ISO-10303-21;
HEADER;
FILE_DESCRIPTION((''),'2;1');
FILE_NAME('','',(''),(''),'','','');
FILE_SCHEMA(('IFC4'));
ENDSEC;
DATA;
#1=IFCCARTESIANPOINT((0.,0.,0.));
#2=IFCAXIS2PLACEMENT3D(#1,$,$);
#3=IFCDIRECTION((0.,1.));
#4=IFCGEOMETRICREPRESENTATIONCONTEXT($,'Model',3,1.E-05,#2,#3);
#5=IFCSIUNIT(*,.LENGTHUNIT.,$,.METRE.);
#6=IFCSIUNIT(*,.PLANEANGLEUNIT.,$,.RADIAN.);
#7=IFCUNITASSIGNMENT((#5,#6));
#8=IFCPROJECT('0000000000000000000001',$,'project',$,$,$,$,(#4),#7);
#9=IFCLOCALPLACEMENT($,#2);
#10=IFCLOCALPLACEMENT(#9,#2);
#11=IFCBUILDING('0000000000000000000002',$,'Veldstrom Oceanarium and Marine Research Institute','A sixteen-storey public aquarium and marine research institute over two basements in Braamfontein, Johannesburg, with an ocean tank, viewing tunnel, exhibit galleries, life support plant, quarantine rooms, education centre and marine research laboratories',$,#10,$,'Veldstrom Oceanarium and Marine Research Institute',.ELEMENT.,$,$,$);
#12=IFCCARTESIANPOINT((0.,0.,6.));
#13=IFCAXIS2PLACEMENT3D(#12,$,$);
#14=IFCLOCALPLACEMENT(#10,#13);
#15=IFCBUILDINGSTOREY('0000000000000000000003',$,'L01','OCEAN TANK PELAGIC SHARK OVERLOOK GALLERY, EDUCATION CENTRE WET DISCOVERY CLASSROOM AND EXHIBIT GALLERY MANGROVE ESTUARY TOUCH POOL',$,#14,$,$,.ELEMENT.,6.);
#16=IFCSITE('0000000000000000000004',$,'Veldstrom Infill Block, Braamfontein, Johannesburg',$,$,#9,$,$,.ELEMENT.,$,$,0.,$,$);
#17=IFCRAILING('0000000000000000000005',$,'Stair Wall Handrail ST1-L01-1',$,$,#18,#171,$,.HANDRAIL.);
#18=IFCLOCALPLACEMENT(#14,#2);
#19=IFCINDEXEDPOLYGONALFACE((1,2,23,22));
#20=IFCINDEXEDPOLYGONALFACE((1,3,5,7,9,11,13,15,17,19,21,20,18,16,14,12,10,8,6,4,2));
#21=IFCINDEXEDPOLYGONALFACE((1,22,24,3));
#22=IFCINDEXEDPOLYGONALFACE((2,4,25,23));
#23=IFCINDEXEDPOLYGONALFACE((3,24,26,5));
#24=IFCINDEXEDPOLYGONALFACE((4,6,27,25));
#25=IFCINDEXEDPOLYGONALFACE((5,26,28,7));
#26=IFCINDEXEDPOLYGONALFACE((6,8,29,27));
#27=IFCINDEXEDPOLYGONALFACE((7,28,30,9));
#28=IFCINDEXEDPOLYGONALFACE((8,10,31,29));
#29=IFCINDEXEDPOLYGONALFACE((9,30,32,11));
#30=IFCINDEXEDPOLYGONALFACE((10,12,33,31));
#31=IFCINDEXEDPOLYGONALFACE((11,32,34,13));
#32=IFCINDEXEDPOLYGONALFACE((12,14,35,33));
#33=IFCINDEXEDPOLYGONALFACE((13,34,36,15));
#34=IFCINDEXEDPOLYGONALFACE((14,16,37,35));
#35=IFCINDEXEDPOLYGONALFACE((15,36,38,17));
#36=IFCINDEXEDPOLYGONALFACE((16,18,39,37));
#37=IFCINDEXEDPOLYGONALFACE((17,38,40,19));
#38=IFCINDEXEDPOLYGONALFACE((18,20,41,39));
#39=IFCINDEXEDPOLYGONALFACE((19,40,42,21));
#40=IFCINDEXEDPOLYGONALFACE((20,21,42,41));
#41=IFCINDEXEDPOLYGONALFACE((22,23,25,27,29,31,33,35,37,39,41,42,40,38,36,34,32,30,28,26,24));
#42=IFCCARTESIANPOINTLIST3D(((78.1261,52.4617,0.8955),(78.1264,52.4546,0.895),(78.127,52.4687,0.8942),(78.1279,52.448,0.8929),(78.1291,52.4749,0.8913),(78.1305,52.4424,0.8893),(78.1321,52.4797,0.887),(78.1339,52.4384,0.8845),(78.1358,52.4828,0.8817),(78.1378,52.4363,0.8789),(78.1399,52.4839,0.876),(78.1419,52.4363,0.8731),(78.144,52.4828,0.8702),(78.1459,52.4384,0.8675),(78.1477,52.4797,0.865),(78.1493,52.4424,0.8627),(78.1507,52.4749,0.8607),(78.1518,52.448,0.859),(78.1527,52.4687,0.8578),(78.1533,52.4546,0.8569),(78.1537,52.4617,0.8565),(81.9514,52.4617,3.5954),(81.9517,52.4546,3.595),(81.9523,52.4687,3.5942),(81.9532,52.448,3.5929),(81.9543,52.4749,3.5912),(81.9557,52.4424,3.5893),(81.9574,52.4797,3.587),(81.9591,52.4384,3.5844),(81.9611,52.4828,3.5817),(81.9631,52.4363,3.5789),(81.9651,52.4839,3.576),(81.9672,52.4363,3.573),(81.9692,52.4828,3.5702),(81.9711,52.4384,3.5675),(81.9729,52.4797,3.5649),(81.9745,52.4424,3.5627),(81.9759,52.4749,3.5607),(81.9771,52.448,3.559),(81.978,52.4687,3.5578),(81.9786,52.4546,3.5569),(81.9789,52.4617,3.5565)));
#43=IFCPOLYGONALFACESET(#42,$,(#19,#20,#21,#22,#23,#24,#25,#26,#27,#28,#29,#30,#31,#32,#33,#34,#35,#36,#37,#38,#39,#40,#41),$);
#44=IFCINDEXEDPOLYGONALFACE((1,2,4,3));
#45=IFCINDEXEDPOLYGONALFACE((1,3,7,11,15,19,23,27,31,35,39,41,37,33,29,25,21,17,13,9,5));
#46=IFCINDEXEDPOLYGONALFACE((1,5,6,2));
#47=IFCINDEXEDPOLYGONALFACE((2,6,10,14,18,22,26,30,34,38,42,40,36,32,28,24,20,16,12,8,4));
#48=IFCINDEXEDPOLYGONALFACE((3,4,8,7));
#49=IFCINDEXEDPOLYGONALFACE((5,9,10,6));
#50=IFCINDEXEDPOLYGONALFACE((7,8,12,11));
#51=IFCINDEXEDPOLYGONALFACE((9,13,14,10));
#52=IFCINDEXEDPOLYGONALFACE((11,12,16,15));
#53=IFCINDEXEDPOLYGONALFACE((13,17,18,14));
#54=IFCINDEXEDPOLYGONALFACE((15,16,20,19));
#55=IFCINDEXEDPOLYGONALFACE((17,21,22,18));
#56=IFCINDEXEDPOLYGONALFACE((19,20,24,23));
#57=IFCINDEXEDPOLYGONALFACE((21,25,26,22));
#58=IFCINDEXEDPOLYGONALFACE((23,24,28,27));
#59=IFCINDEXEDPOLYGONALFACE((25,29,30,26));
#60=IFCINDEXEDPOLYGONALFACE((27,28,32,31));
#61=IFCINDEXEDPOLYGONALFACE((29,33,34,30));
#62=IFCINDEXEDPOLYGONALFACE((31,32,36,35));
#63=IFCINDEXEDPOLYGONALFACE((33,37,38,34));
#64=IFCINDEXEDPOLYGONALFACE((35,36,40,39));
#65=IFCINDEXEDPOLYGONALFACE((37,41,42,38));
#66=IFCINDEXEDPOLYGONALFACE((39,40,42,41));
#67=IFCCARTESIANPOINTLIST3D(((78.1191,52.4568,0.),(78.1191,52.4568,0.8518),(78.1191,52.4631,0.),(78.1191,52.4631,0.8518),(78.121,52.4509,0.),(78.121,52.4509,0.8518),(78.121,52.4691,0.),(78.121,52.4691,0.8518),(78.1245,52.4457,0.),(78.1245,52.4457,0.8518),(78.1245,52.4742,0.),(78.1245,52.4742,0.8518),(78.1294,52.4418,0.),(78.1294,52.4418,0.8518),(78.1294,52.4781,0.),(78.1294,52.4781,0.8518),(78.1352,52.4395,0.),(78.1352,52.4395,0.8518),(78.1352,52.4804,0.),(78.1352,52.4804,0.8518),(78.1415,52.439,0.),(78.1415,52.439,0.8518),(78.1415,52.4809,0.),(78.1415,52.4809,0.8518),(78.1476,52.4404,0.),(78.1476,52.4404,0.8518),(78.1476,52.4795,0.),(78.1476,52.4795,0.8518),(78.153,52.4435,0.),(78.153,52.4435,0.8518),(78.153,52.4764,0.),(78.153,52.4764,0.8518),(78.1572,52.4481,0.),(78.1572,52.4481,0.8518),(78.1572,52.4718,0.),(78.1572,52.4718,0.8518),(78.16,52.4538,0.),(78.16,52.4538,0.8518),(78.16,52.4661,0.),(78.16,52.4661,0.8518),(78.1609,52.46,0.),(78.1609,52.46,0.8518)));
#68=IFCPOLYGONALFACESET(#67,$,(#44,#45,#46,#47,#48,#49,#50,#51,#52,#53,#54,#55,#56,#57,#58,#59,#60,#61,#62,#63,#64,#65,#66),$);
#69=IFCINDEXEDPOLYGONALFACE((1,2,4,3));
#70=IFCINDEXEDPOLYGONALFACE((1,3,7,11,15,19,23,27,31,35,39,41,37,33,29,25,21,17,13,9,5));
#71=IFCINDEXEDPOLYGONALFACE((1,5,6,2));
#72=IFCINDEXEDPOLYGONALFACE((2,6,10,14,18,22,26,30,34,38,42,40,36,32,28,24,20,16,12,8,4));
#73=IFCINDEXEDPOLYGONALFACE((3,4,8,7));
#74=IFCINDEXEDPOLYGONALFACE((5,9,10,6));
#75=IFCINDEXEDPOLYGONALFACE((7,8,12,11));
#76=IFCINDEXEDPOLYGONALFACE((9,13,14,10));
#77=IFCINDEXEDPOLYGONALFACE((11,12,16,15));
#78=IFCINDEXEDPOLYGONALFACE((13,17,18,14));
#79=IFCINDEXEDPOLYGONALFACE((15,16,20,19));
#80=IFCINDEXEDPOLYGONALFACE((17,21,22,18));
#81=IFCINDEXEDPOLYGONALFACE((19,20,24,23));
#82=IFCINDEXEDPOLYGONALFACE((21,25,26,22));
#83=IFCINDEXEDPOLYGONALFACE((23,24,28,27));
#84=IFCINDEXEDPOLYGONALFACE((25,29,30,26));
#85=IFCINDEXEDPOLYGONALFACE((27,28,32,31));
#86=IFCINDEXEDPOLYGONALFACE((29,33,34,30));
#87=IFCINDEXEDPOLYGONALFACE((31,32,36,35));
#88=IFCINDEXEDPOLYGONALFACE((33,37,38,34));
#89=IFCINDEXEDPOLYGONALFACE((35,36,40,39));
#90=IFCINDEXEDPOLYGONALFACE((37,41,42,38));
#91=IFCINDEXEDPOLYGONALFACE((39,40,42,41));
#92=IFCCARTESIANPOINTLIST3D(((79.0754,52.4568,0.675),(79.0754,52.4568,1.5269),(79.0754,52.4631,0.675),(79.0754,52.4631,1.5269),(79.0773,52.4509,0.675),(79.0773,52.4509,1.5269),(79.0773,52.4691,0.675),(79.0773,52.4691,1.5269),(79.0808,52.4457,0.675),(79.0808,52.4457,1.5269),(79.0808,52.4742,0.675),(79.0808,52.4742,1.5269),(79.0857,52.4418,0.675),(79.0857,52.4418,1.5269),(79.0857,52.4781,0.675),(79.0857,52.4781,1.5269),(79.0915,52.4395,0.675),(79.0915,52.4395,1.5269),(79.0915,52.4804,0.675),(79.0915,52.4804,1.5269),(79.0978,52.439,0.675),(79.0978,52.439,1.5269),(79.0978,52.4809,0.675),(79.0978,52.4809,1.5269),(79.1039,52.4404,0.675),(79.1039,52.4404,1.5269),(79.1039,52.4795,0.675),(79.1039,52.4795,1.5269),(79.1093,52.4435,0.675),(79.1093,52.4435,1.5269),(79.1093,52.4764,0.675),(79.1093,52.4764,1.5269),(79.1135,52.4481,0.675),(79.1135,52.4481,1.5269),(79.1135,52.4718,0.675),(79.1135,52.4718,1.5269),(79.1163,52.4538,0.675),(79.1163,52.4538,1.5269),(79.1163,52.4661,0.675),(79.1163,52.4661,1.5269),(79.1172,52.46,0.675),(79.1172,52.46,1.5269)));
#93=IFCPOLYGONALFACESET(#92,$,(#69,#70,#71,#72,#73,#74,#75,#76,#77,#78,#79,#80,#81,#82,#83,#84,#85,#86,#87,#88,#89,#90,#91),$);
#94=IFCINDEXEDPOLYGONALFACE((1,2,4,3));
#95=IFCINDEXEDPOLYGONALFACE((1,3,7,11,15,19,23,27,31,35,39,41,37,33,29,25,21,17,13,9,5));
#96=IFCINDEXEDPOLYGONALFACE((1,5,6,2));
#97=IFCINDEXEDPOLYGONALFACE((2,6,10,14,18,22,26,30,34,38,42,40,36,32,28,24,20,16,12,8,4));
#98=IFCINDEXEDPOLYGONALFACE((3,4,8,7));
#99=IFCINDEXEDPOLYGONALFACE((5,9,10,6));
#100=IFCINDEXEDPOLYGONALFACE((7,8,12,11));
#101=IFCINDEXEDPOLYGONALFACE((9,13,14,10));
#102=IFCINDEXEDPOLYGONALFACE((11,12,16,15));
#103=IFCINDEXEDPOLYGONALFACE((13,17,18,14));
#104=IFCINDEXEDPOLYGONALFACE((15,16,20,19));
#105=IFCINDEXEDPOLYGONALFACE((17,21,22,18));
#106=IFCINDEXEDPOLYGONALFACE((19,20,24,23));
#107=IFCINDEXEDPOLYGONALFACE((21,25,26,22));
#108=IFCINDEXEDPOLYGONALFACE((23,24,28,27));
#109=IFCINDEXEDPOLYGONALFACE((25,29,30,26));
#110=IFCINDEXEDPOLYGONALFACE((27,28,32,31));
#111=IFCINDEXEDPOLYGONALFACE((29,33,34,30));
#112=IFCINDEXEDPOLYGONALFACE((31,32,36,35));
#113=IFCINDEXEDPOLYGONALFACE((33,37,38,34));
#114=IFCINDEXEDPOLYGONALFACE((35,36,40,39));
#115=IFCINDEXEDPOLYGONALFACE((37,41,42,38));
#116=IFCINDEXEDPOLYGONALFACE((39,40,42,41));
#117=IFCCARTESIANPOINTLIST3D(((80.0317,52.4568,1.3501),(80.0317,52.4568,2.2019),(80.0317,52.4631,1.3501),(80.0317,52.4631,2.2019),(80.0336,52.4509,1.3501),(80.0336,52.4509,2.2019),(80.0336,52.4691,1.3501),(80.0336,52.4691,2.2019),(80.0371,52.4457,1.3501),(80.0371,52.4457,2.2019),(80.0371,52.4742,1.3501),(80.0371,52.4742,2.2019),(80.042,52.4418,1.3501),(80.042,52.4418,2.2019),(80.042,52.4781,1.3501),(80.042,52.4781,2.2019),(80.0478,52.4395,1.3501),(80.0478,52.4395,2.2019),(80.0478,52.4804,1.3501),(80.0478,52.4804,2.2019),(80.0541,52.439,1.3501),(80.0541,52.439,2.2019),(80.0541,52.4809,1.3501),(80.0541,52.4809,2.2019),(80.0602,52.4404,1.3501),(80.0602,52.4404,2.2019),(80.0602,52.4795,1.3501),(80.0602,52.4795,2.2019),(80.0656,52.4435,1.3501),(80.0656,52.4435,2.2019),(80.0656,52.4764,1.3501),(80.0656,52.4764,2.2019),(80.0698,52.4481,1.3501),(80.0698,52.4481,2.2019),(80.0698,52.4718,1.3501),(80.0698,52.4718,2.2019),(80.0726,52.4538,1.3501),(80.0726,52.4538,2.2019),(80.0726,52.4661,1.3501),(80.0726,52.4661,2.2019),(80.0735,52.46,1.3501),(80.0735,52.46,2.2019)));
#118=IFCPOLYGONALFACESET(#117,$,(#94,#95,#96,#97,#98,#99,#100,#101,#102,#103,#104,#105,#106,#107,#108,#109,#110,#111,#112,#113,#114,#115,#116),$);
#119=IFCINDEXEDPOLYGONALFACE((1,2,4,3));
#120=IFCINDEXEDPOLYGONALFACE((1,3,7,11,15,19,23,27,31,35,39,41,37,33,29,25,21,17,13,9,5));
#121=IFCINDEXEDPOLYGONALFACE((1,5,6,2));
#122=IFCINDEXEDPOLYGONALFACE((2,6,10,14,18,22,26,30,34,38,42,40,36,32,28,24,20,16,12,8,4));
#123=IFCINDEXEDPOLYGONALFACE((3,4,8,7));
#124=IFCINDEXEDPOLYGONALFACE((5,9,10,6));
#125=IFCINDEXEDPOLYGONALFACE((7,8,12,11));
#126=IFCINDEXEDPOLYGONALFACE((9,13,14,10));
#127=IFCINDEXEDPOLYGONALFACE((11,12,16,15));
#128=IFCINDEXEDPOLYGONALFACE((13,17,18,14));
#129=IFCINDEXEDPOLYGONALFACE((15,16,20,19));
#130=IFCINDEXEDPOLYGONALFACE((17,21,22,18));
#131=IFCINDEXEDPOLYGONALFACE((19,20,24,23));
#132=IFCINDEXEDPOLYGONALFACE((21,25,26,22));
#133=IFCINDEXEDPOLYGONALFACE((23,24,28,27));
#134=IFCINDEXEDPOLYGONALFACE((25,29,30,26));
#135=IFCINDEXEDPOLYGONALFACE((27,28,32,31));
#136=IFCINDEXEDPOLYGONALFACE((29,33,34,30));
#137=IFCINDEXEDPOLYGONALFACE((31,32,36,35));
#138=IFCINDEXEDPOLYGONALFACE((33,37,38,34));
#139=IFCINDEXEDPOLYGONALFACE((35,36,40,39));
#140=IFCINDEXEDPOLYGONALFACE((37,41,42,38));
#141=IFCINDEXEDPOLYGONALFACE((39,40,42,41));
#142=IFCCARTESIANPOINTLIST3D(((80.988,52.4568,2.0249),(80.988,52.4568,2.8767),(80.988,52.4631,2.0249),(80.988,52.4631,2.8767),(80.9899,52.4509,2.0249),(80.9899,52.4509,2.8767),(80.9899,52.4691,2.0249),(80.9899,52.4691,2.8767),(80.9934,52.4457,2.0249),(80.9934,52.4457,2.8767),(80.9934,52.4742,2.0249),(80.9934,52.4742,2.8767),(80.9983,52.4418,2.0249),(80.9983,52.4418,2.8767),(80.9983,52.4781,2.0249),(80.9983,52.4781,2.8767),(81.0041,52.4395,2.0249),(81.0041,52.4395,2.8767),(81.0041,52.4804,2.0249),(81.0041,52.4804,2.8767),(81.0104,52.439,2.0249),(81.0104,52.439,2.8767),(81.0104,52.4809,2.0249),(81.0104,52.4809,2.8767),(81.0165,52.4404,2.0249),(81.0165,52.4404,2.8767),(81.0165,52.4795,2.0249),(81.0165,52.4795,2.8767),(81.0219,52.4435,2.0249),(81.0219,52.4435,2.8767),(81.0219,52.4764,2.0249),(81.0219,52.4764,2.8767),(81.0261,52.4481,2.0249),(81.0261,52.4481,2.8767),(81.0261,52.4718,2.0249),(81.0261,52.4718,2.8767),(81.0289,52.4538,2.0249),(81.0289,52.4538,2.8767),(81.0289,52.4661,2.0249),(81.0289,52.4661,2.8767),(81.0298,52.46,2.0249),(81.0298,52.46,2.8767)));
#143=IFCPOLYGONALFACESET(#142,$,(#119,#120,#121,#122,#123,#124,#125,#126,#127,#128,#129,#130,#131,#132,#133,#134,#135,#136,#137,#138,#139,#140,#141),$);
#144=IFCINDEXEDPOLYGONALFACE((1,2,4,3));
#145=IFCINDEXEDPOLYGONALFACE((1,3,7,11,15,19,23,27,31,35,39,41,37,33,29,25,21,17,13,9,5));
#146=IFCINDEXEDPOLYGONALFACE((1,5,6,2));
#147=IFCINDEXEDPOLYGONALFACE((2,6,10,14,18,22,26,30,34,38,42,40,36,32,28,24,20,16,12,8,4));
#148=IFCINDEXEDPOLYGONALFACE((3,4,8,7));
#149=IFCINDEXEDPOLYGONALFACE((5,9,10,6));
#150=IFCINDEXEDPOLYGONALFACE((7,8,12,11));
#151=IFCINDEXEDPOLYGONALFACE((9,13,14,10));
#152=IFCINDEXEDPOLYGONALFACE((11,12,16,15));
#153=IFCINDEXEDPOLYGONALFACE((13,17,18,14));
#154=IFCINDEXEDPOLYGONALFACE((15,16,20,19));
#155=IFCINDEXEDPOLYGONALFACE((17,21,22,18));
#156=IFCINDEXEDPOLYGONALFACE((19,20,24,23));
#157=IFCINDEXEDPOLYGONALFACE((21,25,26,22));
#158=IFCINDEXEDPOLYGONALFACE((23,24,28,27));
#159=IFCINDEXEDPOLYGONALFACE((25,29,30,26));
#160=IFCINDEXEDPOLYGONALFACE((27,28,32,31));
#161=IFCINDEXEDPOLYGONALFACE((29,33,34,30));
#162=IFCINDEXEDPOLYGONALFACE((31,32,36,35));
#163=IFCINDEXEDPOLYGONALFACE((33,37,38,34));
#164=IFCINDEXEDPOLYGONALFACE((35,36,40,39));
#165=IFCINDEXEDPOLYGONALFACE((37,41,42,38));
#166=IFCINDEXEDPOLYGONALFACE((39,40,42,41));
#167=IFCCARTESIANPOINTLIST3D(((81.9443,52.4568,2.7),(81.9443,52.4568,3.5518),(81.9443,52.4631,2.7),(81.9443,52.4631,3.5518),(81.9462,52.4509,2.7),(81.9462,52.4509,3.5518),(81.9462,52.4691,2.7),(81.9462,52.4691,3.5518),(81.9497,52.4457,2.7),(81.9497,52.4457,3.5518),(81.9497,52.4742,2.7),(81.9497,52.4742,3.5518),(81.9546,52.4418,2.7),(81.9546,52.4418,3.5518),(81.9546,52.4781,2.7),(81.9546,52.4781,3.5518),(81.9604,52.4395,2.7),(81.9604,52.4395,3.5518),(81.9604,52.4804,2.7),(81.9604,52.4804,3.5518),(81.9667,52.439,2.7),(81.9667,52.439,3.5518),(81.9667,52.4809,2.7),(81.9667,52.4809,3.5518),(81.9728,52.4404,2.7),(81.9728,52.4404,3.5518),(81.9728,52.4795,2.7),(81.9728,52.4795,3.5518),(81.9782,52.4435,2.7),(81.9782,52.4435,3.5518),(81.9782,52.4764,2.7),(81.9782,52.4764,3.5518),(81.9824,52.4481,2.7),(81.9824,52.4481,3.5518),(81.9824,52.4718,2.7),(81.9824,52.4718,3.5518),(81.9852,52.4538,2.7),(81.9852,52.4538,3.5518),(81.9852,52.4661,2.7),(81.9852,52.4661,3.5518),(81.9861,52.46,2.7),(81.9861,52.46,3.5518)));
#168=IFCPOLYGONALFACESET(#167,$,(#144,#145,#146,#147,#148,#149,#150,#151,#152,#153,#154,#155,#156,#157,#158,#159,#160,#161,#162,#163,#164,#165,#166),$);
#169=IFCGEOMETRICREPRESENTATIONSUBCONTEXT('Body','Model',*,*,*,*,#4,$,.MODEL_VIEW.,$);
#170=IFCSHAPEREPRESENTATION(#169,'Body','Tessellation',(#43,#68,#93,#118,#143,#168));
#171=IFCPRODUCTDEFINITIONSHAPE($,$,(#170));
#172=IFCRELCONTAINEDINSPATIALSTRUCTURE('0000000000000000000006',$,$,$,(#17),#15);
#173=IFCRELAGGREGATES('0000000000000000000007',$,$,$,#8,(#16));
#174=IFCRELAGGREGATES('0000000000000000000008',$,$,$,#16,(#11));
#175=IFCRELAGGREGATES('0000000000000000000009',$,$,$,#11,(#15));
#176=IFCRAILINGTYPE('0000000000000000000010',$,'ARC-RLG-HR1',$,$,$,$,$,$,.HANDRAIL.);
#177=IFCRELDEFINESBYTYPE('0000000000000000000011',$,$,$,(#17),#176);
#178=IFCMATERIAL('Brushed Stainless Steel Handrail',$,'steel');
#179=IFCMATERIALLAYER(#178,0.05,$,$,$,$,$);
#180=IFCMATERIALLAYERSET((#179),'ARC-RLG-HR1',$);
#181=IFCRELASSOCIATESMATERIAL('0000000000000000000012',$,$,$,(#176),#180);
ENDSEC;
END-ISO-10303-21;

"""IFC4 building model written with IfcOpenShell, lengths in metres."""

from ifc_helpers import new_model, si_unit, direction, frame, origin, origin_2d, place, context, subcontext, project, spatial, circle, extrude, material, layer, layer_set, type_object, element, save


model = new_model("IFC4")

# Units and contexts
model_context = context("Model", 3, precision=1e-05, world=origin(), true_north=direction((0.0, 1.0)))
body_context = subcontext(model_context, "Body", "Model", "MODEL_VIEW")
ifc_project = project(units=[si_unit("LENGTHUNIT", "METRE"), si_unit("PLANEANGLEUNIT", "RADIAN")], contexts=[model_context])

# Site, building, storey
site_placement = place(None, origin())
site = spatial("IfcSite", under=ifc_project, at=site_placement, Name="Veldstrom Infill Block, Braamfontein, Johannesburg", CompositionType="ELEMENT", RefElevation=0.0)
building_placement = place(site_placement, origin())
building = spatial("IfcBuilding", under=site, at=building_placement, Name="Veldstrom Oceanarium and Marine Research Institute", Description="A sixteen-storey public aquarium and marine research institute over two basements in Braamfontein, Johannesburg, with an ocean tank, viewing tunnel, exhibit galleries, life support plant, quarantine rooms, education centre and marine research laboratories", LongName="Veldstrom Oceanarium and Marine Research Institute", CompositionType="ELEMENT")
storey_placement = place(building_placement, frame((0.0, 0.0, 6.0)))
storey = spatial("IfcBuildingStorey", under=building, at=storey_placement, Name="L01", Description="OCEAN TANK PELAGIC SHARK OVERLOOK GALLERY, EDUCATION CENTRE WET DISCOVERY CLASSROOM AND EXHIBIT GALLERY MANGROVE ESTUARY TOUCH POOL", CompositionType="ELEMENT", Elevation=6.0)

# Railing
ifc_material_1 = material(Name="Brushed Stainless Steel Handrail", Category="steel")
ifc_layer_1 = layer(ifc_material_1, 0.05)
ifc_layer_set_1 = layer_set([ifc_layer_1], Name="ARC-RLG-HR1")
railing_type_1 = type_object("IfcRailingType", Name="ARC-RLG-HR1", PredefinedType="HANDRAIL", material=ifc_layer_set_1)
railing_1_placement = place(storey_placement, frame((78.1399, 52.46, 0.0)))
element("IfcRailing", 1, at=railing_1_placement, inside=storey, type_object=railing_type_1, Name="Stair Wall Handrail ST1-L01-1", PredefinedType="HANDRAIL", context=body_context, shape_type="SweptSolid", body=[
    extrude(circle(Radius=0.0239, at=origin_2d()), frame((0.0, 0.0, 0.876), z_axis=(0.816987, 0.0, 0.576657), x_axis=(0.0, 1.0, 0.0)), (0.0, 0.0, 1.0), 4.6821),
    extrude(circle(Radius=0.021, at=origin_2d()), origin(), (0.0, 0.0, 1.0), 0.8518),
    extrude(circle(Radius=0.021, at=origin_2d()), frame((0.9563, 0.0, 0.675)), (0.0, 0.0, 1.0), 0.8518),
    extrude(circle(Radius=0.021, at=origin_2d()), frame((1.9126, 0.0, 1.3501)), (0.0, 0.0, 1.0), 0.8518),
    extrude(circle(Radius=0.021, at=origin_2d()), frame((2.8689, 0.0, 2.0249)), (0.0, 0.0, 1.0), 0.8518),
    extrude(circle(Radius=0.021, at=origin_2d()), frame((3.8252, 0.0, 2.7)), (0.0, 0.0, 1.0), 0.8518),
])

save(model, "model.ifc")
